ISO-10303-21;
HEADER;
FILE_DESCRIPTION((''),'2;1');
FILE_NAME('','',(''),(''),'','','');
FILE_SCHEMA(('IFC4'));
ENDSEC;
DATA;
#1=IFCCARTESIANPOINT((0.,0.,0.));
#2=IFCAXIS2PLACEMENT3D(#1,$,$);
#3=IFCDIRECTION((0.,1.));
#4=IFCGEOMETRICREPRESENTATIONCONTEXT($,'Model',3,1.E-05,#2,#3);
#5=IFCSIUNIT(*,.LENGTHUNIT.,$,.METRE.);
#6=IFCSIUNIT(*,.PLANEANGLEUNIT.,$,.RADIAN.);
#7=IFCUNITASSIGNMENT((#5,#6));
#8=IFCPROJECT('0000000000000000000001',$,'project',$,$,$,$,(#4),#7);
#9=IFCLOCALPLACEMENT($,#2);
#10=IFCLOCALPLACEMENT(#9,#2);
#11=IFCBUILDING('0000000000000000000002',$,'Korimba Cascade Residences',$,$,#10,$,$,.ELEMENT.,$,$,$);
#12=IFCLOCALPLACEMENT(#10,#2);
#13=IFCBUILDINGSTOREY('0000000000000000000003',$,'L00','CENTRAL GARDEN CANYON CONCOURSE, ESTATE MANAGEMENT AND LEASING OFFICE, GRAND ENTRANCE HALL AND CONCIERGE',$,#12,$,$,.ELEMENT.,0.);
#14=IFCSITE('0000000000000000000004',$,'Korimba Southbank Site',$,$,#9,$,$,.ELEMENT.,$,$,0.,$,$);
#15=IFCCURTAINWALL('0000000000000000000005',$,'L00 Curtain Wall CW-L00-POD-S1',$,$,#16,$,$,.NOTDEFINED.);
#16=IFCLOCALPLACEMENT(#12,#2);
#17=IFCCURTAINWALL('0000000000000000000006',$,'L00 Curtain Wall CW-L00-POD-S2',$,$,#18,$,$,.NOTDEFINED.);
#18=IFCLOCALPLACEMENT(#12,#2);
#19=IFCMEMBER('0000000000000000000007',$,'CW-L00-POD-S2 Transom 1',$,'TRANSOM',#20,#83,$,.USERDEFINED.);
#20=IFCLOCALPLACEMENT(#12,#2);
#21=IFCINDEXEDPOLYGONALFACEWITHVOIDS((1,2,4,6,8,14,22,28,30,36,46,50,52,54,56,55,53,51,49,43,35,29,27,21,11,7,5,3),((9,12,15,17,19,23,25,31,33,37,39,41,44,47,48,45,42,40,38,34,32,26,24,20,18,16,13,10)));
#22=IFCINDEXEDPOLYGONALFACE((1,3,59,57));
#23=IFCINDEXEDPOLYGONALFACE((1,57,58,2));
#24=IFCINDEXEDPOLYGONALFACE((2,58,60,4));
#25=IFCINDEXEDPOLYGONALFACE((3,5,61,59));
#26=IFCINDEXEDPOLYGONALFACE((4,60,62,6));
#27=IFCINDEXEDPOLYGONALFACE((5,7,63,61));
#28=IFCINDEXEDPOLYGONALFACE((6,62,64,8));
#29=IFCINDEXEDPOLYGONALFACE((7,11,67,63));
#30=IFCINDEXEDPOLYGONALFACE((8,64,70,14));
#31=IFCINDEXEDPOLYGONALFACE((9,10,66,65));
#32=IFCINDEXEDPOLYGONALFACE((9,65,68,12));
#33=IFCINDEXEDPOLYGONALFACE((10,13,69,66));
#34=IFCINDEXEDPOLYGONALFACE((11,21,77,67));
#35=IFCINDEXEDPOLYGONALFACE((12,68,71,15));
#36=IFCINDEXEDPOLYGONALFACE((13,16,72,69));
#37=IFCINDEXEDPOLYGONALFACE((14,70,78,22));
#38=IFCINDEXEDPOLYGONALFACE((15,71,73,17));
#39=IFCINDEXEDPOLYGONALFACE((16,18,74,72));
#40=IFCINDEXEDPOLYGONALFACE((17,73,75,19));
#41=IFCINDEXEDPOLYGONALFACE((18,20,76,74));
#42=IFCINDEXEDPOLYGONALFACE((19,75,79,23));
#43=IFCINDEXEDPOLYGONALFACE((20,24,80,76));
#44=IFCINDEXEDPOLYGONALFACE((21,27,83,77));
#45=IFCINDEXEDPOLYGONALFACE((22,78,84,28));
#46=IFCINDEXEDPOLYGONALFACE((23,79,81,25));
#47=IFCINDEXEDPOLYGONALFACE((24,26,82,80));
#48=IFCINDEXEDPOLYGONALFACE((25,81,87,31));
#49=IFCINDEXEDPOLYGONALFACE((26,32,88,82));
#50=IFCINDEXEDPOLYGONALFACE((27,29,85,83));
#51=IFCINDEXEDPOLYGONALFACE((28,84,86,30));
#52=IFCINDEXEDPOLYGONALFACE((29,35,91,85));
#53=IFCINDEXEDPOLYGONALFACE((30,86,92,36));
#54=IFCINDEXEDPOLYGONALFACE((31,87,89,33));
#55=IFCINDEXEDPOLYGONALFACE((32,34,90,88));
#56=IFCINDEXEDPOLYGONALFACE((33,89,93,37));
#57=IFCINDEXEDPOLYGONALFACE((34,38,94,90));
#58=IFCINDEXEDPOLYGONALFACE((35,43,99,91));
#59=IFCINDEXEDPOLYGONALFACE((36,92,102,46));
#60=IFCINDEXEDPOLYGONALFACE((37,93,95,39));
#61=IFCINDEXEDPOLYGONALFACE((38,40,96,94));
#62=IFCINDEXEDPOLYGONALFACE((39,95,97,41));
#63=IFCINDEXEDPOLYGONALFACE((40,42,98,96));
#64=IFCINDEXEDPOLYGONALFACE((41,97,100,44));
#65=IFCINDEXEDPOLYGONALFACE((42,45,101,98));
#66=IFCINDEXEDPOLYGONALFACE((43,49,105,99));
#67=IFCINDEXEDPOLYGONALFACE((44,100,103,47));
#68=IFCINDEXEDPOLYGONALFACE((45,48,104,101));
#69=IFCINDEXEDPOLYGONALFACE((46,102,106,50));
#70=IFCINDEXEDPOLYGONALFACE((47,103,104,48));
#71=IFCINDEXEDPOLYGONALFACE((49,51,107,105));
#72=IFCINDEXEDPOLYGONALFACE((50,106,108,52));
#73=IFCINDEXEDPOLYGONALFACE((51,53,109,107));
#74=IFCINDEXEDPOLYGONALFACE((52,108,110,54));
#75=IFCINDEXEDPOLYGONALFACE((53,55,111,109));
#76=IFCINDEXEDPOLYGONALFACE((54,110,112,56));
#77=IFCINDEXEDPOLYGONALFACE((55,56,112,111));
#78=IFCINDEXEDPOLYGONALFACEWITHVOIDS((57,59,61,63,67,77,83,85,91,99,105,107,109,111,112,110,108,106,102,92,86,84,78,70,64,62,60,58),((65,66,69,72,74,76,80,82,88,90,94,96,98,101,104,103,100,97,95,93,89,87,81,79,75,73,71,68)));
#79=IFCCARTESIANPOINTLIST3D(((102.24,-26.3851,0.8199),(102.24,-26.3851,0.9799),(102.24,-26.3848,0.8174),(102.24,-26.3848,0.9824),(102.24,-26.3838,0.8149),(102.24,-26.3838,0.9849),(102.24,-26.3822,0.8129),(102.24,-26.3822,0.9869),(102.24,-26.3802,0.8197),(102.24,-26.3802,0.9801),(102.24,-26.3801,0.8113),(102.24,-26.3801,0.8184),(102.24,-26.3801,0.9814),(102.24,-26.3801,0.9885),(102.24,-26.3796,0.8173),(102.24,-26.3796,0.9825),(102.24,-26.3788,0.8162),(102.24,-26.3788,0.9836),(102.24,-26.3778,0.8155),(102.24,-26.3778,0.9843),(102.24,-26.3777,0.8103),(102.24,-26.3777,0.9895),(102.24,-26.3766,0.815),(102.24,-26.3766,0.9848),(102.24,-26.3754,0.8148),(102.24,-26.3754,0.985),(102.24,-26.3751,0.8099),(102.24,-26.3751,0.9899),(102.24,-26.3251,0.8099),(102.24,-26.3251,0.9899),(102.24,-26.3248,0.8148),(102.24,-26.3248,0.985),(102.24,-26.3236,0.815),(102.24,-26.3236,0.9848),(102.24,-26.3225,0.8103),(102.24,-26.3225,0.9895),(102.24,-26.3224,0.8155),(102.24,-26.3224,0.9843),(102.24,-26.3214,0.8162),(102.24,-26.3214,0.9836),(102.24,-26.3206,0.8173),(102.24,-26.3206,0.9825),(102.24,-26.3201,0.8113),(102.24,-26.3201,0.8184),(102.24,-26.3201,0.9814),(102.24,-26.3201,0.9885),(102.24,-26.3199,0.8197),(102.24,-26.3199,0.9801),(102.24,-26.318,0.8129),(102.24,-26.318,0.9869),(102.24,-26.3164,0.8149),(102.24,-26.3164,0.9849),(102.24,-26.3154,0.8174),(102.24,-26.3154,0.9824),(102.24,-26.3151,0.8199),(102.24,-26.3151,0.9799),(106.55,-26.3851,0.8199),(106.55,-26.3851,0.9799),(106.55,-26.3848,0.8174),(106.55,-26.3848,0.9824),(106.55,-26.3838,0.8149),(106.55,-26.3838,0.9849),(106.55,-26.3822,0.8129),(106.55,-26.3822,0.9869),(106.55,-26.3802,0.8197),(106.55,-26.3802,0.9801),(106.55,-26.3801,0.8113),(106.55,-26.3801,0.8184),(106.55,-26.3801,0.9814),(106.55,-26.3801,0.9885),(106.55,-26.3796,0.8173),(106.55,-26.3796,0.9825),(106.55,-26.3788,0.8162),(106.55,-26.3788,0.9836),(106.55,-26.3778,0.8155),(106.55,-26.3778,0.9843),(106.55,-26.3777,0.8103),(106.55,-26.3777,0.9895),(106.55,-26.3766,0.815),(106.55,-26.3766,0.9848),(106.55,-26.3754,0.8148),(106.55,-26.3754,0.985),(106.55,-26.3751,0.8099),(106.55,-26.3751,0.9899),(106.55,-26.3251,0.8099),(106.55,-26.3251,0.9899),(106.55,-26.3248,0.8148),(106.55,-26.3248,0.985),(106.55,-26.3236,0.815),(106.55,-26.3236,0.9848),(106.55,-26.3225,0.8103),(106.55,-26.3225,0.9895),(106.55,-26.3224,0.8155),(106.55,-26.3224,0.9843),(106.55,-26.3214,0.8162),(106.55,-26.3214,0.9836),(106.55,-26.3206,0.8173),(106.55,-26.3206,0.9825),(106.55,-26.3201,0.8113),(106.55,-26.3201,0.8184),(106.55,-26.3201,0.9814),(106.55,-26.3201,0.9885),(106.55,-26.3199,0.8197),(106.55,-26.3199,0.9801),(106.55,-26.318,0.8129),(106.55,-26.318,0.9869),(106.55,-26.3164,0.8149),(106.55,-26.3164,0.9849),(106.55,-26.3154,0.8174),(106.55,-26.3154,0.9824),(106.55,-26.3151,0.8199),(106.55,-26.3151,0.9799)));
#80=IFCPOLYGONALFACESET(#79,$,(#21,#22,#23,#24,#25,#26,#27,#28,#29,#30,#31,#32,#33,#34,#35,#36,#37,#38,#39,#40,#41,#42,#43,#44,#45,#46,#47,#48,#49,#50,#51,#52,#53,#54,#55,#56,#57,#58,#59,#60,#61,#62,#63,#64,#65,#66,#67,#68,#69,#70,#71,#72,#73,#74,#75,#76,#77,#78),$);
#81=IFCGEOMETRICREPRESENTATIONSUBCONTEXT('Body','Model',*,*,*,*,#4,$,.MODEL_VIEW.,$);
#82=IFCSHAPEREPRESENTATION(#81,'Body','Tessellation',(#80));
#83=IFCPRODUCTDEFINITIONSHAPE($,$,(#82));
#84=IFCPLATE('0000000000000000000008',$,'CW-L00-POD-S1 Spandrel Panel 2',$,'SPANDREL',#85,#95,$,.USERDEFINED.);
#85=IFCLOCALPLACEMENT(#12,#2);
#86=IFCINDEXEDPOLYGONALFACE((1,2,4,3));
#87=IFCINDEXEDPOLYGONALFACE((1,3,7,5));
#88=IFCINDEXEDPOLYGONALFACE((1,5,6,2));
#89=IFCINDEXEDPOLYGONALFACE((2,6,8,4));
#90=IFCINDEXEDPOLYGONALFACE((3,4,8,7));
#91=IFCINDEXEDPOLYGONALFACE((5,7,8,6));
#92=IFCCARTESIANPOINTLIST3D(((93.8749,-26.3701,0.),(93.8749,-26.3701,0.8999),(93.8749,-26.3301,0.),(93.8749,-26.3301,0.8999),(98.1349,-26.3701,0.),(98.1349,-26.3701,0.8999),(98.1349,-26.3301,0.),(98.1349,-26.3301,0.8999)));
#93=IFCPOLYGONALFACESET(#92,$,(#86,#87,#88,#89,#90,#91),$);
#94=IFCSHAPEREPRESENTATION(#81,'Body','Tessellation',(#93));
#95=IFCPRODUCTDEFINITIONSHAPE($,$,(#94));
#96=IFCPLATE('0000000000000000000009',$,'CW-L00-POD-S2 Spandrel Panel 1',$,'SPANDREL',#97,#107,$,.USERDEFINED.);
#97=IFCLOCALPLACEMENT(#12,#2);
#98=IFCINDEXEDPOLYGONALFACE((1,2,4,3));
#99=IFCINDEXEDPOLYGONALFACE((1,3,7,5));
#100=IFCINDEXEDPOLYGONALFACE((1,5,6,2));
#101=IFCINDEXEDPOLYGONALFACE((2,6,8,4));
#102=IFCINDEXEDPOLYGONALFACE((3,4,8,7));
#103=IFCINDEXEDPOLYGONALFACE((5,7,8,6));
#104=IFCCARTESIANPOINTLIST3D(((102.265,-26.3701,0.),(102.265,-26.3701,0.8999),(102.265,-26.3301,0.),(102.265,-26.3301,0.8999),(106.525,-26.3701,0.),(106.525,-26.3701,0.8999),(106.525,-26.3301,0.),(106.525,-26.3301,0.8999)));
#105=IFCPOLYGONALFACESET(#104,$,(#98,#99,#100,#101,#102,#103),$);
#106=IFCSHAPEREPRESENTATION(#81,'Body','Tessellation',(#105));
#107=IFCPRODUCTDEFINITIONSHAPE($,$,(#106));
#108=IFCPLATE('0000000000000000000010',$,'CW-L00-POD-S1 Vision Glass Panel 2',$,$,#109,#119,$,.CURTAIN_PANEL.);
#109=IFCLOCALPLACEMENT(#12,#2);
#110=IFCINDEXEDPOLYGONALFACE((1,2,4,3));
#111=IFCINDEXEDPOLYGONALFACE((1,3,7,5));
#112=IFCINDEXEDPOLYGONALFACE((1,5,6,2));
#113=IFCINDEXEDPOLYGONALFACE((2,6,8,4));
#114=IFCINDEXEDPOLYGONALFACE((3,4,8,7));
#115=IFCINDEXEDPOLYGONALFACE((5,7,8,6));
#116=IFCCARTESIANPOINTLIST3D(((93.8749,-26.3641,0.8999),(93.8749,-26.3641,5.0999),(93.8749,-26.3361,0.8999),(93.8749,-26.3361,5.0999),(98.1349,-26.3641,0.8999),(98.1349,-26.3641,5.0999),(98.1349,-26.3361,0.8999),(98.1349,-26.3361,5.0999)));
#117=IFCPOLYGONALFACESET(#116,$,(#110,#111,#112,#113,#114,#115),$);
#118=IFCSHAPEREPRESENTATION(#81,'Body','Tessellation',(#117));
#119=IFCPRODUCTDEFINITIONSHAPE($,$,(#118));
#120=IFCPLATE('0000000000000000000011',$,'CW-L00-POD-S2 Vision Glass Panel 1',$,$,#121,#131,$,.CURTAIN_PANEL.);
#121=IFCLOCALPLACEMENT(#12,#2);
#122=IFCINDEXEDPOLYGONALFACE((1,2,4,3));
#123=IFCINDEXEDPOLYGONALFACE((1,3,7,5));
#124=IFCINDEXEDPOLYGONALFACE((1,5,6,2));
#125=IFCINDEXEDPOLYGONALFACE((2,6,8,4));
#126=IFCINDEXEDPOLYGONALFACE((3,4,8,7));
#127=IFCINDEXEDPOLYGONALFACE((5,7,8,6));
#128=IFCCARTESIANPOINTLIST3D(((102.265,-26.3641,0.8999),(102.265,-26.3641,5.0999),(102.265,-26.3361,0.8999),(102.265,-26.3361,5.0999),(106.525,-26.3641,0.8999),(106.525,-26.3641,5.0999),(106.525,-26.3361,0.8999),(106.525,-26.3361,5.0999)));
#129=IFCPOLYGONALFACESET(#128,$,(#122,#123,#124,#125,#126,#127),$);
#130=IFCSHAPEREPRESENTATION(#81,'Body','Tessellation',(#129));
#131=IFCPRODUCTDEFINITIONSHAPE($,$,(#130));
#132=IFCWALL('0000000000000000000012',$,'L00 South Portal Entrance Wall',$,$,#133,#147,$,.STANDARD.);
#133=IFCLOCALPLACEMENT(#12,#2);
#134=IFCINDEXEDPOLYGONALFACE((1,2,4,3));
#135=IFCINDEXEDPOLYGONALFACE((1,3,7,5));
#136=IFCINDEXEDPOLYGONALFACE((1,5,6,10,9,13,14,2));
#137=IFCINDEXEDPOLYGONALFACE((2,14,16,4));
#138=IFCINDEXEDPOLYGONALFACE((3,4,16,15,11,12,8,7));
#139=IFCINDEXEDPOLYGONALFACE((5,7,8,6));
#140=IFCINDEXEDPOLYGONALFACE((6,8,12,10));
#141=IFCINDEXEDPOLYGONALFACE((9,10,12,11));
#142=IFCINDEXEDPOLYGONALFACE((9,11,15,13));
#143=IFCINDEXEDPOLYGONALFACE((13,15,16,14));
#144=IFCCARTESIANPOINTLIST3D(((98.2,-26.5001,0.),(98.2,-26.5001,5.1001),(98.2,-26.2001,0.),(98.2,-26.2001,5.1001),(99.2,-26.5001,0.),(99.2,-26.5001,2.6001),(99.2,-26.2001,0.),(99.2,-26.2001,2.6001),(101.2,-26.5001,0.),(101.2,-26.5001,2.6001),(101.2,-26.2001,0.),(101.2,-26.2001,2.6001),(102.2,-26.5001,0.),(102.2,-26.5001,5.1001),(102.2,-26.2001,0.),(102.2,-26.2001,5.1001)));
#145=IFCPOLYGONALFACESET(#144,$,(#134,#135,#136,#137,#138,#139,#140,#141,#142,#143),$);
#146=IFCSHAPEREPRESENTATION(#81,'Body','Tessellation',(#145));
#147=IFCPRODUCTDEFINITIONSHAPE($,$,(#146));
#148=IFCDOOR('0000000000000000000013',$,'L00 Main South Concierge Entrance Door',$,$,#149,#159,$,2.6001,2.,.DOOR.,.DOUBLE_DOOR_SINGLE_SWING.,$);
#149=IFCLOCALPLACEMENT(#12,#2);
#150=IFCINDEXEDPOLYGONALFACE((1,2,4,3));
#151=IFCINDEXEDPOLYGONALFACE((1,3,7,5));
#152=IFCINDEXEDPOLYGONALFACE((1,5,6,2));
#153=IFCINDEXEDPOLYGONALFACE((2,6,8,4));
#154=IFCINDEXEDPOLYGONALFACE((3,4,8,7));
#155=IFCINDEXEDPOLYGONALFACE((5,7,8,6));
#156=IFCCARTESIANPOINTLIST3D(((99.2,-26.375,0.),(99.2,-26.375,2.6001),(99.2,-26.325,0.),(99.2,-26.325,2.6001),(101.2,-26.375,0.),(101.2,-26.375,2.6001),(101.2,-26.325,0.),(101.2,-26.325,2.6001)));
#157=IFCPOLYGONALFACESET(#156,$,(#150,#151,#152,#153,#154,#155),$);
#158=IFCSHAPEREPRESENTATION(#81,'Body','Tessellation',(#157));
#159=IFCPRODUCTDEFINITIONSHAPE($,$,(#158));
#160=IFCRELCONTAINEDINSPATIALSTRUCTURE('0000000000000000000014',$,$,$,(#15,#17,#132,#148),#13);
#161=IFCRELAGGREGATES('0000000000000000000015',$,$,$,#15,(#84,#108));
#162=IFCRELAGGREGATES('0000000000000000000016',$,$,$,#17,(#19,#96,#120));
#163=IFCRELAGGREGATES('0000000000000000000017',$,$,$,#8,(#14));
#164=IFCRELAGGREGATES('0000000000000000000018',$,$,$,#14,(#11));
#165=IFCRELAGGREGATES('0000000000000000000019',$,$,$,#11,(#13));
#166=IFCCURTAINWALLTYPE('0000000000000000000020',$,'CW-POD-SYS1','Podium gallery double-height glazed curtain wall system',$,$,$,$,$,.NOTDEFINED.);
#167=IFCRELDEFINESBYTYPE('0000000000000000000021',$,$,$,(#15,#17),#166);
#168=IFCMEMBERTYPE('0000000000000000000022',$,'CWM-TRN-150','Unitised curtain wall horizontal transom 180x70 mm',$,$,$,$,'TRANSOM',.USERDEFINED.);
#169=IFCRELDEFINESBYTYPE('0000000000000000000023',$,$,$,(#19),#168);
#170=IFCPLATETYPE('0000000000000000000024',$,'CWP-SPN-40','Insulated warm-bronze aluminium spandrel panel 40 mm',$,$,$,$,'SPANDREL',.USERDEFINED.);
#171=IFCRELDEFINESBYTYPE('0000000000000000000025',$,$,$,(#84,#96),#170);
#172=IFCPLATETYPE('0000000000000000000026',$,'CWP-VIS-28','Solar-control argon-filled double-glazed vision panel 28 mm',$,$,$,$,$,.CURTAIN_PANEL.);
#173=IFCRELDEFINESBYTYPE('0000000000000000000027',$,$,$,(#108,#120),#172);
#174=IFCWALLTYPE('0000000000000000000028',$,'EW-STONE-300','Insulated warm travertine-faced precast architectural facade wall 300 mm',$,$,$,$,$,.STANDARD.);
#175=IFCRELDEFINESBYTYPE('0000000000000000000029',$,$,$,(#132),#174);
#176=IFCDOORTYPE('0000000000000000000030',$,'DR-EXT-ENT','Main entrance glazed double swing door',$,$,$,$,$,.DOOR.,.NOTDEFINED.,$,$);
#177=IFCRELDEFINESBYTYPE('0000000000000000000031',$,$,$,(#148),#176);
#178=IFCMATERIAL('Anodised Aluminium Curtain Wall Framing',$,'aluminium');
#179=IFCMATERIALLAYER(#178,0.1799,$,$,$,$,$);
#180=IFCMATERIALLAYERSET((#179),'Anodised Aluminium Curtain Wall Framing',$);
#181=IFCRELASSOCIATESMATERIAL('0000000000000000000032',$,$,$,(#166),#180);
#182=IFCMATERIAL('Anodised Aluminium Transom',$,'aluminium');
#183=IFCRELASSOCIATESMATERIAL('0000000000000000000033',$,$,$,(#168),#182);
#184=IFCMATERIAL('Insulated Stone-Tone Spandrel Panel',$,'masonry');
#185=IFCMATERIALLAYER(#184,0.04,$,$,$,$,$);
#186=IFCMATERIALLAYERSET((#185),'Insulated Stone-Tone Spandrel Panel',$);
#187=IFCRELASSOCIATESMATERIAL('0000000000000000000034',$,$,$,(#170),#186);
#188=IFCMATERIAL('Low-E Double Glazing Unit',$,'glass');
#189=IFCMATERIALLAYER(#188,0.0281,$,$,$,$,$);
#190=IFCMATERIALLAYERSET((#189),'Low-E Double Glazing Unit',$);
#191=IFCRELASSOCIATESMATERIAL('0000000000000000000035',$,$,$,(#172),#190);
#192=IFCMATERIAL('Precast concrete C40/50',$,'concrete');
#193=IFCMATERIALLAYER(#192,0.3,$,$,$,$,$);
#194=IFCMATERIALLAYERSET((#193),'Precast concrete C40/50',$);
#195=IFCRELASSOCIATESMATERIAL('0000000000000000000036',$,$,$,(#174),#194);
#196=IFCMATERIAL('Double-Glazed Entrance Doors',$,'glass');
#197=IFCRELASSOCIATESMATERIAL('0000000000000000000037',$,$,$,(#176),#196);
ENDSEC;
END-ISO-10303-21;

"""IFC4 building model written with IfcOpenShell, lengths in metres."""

from ifc_helpers import new_model, si_unit, direction, frame, frame_2d, origin, origin_2d, place, context, subcontext, project, spatial, rectangle, hollow_rectangle, extrude, material, layer, layer_set, material_profile, profile_set, type_object, element, fill, aggregate, save


model = new_model("IFC4")

# Units and contexts
model_context = context("Model", 3, precision=1e-05, world=origin(), true_north=direction((0.0, 1.0)))
body_context = subcontext(model_context, "Body", "Model", "MODEL_VIEW")
ifc_project = project(units=[si_unit("LENGTHUNIT", "METRE"), si_unit("PLANEANGLEUNIT", "RADIAN")], contexts=[model_context])

# Site, building, storey
site_placement = place(None, origin())
site = spatial("IfcSite", under=ifc_project, at=site_placement, Name="Korimba Southbank Site", CompositionType="ELEMENT", RefElevation=0.0)
building_placement = place(site_placement, origin())
building = spatial("IfcBuilding", under=site, at=building_placement, Name="Korimba Cascade Residences", CompositionType="ELEMENT")
storey_placement = place(building_placement, origin())
storey = spatial("IfcBuildingStorey", under=building, at=storey_placement, Name="L00", Description="CENTRAL GARDEN CANYON CONCOURSE, ESTATE MANAGEMENT AND LEASING OFFICE, GRAND ENTRANCE HALL AND CONCIERGE", CompositionType="ELEMENT", Elevation=0.0)

# Curtain wall
ifc_material_1 = material(Name="Anodised Aluminium Curtain Wall Framing", Category="aluminium")
ifc_layer_1 = layer(ifc_material_1, 0.1799)
ifc_layer_set_1 = layer_set([ifc_layer_1], Name="Anodised Aluminium Curtain Wall Framing")
curtain_wall_type = type_object("IfcCurtainWallType", Name="CW-POD-SYS1", Description="Podium gallery double-height glazed curtain wall system", PredefinedType="NOTDEFINED", material=ifc_layer_set_1)
curtain_wall_1_placement = place(storey_placement, origin())
curtain_wall_1 = element("IfcCurtainWall", 1, at=curtain_wall_1_placement, inside=storey, type_object=curtain_wall_type, Name="L00 Curtain Wall CW-L00-POD-S1", PredefinedType="NOTDEFINED")

# Curtain wall
curtain_wall_2_placement = place(storey_placement, origin())
curtain_wall_2 = element("IfcCurtainWall", 2, at=curtain_wall_2_placement, inside=storey, type_object=curtain_wall_type, Name="L00 Curtain Wall CW-L00-POD-S2", PredefinedType="NOTDEFINED")

# Member
ifc_material_2 = material(Name="Anodised Aluminium Transom", Category="aluminium")
ifc_material_profile_1 = material_profile(ifc_material_2, hollow_rectangle(XDim=0.0701, YDim=0.1799, WallThickness=0.0049, InnerFilletRadius=0.0049, OuterFilletRadius=0.01, at=origin_2d()), Name="Anodised Aluminium Transom")
ifc_profile_set_1 = profile_set([ifc_material_profile_1], Name="Anodised Aluminium Transom")
member_type_1 = type_object("IfcMemberType", Name="CWM-TRN-150", Description="Unitised curtain wall horizontal transom 180x70 mm", ElementType="TRANSOM", PredefinedType="USERDEFINED", material=ifc_profile_set_1)
member_1_placement = place(storey_placement, frame((102.24, -26.3501, 0.8999), z_axis=(1.0, 0.0, 0.0), x_axis=(0.0, 1.0, 0.0)))
member_1 = element("IfcMember", 3, at=member_1_placement, type_object=member_type_1, Name="CW-L00-POD-S2 Transom 1", ObjectType="TRANSOM", PredefinedType="USERDEFINED", context=body_context, shape_type="SweptSolid", body=[
    extrude(hollow_rectangle(XDim=0.0701, YDim=0.1799, WallThickness=0.0049, InnerFilletRadius=0.0049, OuterFilletRadius=0.01, at=origin_2d()), origin(), (0.0, 0.0, 1.0), 4.3101),
])

# Plates
ifc_material_3 = material(Name="Insulated Stone-Tone Spandrel Panel", Category="masonry")
ifc_layer_2 = layer(ifc_material_3, 0.04)
ifc_layer_set_2 = layer_set([ifc_layer_2], Name="Insulated Stone-Tone Spandrel Panel")
plate_type_1 = type_object("IfcPlateType", Name="CWP-SPN-40", Description="Insulated warm-bronze aluminium spandrel panel 40 mm", ElementType="SPANDREL", PredefinedType="USERDEFINED", material=ifc_layer_set_2)
plate_1_placement = place(storey_placement, frame((96.0049, -26.3501, 0.0), z_axis=(0.0, 0.0, 1.0), x_axis=(1.0, 0.0, 0.0)))
plate_1 = element("IfcPlate", 4, at=plate_1_placement, type_object=plate_type_1, Name="CW-L00-POD-S1 Spandrel Panel 2", ObjectType="SPANDREL", PredefinedType="USERDEFINED", context=body_context, shape_type="SweptSolid", body=[
    extrude(rectangle(XDim=4.26, YDim=0.04, at=origin_2d()), origin(), (0.0, 0.0, 1.0), 0.8999),
])
plate_2_placement = place(storey_placement, frame((104.395, -26.3501, 0.0), z_axis=(0.0, 0.0, 1.0), x_axis=(1.0, 0.0, 0.0)))
plate_2 = element("IfcPlate", 5, at=plate_2_placement, type_object=plate_type_1, Name="CW-L00-POD-S2 Spandrel Panel 1", ObjectType="SPANDREL", PredefinedType="USERDEFINED", context=body_context, shape_type="SweptSolid", body=[
    extrude(rectangle(XDim=4.26, YDim=0.04, at=origin_2d()), origin(), (0.0, 0.0, 1.0), 0.8999),
])
ifc_material_4 = material(Name="Low-E Double Glazing Unit", Category="glass")
ifc_layer_3 = layer(ifc_material_4, 0.0281)
ifc_layer_set_3 = layer_set([ifc_layer_3], Name="Low-E Double Glazing Unit")
plate_type_2 = type_object("IfcPlateType", Name="CWP-VIS-28", Description="Solar-control argon-filled double-glazed vision panel 28 mm", PredefinedType="CURTAIN_PANEL", material=ifc_layer_set_3)
plate_3_placement = place(storey_placement, frame((96.0049, -26.3501, 0.8999), z_axis=(0.0, 0.0, 1.0), x_axis=(1.0, 0.0, 0.0)))
plate_3 = element("IfcPlate", 6, at=plate_3_placement, type_object=plate_type_2, Name="CW-L00-POD-S1 Vision Glass Panel 2", PredefinedType="CURTAIN_PANEL", context=body_context, shape_type="SweptSolid", body=[
    extrude(rectangle(XDim=4.26, YDim=0.0281, at=origin_2d()), origin(), (0.0, 0.0, 1.0), 4.2),
])
aggregate(curtain_wall_1, [plate_1, plate_3])
plate_4_placement = place(storey_placement, frame((104.395, -26.3501, 0.8999), z_axis=(0.0, 0.0, 1.0), x_axis=(1.0, 0.0, 0.0)))
plate_4 = element("IfcPlate", 7, at=plate_4_placement, type_object=plate_type_2, Name="CW-L00-POD-S2 Vision Glass Panel 1", PredefinedType="CURTAIN_PANEL", context=body_context, shape_type="SweptSolid", body=[
    extrude(rectangle(XDim=4.26, YDim=0.0281, at=origin_2d()), origin(), (0.0, 0.0, 1.0), 4.2),
])
aggregate(curtain_wall_2, [member_1, plate_2, plate_4])

# Wall, opening, door
ifc_material_5 = material(Name="Precast concrete C40/50", Category="concrete")
ifc_layer_4 = layer(ifc_material_5, 0.3)
ifc_layer_set_4 = layer_set([ifc_layer_4], Name="Precast concrete C40/50")
wall_type = type_object("IfcWallType", Name="EW-STONE-300", Description="Insulated warm travertine-faced precast architectural facade wall 300 mm", PredefinedType="STANDARD", material=ifc_layer_set_4)
wall_placement = place(storey_placement, frame((98.2, -26.3501, 0.0), z_axis=(0.0, 0.0, 1.0), x_axis=(1.0, 0.0, 0.0)))
wall = element("IfcWall", 8, at=wall_placement, inside=storey, type_object=wall_type, Name="L00 South Portal Entrance Wall", PredefinedType="STANDARD", context=body_context, shape_type="SweptSolid", body=[
    extrude(rectangle(XDim=4.0, YDim=0.3, at=frame_2d((2.0, 0.0))), origin(), (0.0, 0.0, 1.0), 5.1001),
])
opening_placement = place(wall_placement, frame((1.0, 0.0, 0.0)))
opening = element("IfcOpeningElement", 9, at=opening_placement, cuts=wall, PredefinedType="OPENING", context=body_context, shape_type="SweptSolid", body=[
    extrude(rectangle(XDim=2.0, YDim=2.6001, at=frame_2d((1.0, 1.3))), frame((0.0, 0.1602, 0.0), z_axis=(0.0, -1.0, 0.0), x_axis=(1.0, 0.0, 0.0)), (0.0, 0.0, 1.0), 0.3201),
])
ifc_material_6 = material(Name="Double-Glazed Entrance Doors", Category="glass")
door_type = type_object("IfcDoorType", Name="DR-EXT-ENT", Description="Main entrance glazed double swing door", OperationType="NOTDEFINED", PredefinedType="DOOR", material=ifc_material_6)
door_placement = place(opening_placement, frame((2.0, 0.0, 0.0), z_axis=(0.0, 0.0, 1.0), x_axis=(-1.0, 0.0, 0.0)))
door = element("IfcDoor", 10, at=door_placement, inside=storey, type_object=door_type, Name="L00 Main South Concierge Entrance Door", OperationType="DOUBLE_DOOR_SINGLE_SWING", OverallHeight=2.6001, OverallWidth=2.0, PredefinedType="DOOR", context=body_context, shape_type="SweptSolid", body=[
    extrude(rectangle(XDim=2.0, YDim=2.6001, at=frame_2d((1.0, 1.3))), frame((0.0, 0.0249, 0.0), z_axis=(0.0, -1.0, 0.0), x_axis=(1.0, 0.0, 0.0)), (0.0, 0.0, 1.0), 0.05),
])
fill(opening, door)

save(model, "model.ifc")
